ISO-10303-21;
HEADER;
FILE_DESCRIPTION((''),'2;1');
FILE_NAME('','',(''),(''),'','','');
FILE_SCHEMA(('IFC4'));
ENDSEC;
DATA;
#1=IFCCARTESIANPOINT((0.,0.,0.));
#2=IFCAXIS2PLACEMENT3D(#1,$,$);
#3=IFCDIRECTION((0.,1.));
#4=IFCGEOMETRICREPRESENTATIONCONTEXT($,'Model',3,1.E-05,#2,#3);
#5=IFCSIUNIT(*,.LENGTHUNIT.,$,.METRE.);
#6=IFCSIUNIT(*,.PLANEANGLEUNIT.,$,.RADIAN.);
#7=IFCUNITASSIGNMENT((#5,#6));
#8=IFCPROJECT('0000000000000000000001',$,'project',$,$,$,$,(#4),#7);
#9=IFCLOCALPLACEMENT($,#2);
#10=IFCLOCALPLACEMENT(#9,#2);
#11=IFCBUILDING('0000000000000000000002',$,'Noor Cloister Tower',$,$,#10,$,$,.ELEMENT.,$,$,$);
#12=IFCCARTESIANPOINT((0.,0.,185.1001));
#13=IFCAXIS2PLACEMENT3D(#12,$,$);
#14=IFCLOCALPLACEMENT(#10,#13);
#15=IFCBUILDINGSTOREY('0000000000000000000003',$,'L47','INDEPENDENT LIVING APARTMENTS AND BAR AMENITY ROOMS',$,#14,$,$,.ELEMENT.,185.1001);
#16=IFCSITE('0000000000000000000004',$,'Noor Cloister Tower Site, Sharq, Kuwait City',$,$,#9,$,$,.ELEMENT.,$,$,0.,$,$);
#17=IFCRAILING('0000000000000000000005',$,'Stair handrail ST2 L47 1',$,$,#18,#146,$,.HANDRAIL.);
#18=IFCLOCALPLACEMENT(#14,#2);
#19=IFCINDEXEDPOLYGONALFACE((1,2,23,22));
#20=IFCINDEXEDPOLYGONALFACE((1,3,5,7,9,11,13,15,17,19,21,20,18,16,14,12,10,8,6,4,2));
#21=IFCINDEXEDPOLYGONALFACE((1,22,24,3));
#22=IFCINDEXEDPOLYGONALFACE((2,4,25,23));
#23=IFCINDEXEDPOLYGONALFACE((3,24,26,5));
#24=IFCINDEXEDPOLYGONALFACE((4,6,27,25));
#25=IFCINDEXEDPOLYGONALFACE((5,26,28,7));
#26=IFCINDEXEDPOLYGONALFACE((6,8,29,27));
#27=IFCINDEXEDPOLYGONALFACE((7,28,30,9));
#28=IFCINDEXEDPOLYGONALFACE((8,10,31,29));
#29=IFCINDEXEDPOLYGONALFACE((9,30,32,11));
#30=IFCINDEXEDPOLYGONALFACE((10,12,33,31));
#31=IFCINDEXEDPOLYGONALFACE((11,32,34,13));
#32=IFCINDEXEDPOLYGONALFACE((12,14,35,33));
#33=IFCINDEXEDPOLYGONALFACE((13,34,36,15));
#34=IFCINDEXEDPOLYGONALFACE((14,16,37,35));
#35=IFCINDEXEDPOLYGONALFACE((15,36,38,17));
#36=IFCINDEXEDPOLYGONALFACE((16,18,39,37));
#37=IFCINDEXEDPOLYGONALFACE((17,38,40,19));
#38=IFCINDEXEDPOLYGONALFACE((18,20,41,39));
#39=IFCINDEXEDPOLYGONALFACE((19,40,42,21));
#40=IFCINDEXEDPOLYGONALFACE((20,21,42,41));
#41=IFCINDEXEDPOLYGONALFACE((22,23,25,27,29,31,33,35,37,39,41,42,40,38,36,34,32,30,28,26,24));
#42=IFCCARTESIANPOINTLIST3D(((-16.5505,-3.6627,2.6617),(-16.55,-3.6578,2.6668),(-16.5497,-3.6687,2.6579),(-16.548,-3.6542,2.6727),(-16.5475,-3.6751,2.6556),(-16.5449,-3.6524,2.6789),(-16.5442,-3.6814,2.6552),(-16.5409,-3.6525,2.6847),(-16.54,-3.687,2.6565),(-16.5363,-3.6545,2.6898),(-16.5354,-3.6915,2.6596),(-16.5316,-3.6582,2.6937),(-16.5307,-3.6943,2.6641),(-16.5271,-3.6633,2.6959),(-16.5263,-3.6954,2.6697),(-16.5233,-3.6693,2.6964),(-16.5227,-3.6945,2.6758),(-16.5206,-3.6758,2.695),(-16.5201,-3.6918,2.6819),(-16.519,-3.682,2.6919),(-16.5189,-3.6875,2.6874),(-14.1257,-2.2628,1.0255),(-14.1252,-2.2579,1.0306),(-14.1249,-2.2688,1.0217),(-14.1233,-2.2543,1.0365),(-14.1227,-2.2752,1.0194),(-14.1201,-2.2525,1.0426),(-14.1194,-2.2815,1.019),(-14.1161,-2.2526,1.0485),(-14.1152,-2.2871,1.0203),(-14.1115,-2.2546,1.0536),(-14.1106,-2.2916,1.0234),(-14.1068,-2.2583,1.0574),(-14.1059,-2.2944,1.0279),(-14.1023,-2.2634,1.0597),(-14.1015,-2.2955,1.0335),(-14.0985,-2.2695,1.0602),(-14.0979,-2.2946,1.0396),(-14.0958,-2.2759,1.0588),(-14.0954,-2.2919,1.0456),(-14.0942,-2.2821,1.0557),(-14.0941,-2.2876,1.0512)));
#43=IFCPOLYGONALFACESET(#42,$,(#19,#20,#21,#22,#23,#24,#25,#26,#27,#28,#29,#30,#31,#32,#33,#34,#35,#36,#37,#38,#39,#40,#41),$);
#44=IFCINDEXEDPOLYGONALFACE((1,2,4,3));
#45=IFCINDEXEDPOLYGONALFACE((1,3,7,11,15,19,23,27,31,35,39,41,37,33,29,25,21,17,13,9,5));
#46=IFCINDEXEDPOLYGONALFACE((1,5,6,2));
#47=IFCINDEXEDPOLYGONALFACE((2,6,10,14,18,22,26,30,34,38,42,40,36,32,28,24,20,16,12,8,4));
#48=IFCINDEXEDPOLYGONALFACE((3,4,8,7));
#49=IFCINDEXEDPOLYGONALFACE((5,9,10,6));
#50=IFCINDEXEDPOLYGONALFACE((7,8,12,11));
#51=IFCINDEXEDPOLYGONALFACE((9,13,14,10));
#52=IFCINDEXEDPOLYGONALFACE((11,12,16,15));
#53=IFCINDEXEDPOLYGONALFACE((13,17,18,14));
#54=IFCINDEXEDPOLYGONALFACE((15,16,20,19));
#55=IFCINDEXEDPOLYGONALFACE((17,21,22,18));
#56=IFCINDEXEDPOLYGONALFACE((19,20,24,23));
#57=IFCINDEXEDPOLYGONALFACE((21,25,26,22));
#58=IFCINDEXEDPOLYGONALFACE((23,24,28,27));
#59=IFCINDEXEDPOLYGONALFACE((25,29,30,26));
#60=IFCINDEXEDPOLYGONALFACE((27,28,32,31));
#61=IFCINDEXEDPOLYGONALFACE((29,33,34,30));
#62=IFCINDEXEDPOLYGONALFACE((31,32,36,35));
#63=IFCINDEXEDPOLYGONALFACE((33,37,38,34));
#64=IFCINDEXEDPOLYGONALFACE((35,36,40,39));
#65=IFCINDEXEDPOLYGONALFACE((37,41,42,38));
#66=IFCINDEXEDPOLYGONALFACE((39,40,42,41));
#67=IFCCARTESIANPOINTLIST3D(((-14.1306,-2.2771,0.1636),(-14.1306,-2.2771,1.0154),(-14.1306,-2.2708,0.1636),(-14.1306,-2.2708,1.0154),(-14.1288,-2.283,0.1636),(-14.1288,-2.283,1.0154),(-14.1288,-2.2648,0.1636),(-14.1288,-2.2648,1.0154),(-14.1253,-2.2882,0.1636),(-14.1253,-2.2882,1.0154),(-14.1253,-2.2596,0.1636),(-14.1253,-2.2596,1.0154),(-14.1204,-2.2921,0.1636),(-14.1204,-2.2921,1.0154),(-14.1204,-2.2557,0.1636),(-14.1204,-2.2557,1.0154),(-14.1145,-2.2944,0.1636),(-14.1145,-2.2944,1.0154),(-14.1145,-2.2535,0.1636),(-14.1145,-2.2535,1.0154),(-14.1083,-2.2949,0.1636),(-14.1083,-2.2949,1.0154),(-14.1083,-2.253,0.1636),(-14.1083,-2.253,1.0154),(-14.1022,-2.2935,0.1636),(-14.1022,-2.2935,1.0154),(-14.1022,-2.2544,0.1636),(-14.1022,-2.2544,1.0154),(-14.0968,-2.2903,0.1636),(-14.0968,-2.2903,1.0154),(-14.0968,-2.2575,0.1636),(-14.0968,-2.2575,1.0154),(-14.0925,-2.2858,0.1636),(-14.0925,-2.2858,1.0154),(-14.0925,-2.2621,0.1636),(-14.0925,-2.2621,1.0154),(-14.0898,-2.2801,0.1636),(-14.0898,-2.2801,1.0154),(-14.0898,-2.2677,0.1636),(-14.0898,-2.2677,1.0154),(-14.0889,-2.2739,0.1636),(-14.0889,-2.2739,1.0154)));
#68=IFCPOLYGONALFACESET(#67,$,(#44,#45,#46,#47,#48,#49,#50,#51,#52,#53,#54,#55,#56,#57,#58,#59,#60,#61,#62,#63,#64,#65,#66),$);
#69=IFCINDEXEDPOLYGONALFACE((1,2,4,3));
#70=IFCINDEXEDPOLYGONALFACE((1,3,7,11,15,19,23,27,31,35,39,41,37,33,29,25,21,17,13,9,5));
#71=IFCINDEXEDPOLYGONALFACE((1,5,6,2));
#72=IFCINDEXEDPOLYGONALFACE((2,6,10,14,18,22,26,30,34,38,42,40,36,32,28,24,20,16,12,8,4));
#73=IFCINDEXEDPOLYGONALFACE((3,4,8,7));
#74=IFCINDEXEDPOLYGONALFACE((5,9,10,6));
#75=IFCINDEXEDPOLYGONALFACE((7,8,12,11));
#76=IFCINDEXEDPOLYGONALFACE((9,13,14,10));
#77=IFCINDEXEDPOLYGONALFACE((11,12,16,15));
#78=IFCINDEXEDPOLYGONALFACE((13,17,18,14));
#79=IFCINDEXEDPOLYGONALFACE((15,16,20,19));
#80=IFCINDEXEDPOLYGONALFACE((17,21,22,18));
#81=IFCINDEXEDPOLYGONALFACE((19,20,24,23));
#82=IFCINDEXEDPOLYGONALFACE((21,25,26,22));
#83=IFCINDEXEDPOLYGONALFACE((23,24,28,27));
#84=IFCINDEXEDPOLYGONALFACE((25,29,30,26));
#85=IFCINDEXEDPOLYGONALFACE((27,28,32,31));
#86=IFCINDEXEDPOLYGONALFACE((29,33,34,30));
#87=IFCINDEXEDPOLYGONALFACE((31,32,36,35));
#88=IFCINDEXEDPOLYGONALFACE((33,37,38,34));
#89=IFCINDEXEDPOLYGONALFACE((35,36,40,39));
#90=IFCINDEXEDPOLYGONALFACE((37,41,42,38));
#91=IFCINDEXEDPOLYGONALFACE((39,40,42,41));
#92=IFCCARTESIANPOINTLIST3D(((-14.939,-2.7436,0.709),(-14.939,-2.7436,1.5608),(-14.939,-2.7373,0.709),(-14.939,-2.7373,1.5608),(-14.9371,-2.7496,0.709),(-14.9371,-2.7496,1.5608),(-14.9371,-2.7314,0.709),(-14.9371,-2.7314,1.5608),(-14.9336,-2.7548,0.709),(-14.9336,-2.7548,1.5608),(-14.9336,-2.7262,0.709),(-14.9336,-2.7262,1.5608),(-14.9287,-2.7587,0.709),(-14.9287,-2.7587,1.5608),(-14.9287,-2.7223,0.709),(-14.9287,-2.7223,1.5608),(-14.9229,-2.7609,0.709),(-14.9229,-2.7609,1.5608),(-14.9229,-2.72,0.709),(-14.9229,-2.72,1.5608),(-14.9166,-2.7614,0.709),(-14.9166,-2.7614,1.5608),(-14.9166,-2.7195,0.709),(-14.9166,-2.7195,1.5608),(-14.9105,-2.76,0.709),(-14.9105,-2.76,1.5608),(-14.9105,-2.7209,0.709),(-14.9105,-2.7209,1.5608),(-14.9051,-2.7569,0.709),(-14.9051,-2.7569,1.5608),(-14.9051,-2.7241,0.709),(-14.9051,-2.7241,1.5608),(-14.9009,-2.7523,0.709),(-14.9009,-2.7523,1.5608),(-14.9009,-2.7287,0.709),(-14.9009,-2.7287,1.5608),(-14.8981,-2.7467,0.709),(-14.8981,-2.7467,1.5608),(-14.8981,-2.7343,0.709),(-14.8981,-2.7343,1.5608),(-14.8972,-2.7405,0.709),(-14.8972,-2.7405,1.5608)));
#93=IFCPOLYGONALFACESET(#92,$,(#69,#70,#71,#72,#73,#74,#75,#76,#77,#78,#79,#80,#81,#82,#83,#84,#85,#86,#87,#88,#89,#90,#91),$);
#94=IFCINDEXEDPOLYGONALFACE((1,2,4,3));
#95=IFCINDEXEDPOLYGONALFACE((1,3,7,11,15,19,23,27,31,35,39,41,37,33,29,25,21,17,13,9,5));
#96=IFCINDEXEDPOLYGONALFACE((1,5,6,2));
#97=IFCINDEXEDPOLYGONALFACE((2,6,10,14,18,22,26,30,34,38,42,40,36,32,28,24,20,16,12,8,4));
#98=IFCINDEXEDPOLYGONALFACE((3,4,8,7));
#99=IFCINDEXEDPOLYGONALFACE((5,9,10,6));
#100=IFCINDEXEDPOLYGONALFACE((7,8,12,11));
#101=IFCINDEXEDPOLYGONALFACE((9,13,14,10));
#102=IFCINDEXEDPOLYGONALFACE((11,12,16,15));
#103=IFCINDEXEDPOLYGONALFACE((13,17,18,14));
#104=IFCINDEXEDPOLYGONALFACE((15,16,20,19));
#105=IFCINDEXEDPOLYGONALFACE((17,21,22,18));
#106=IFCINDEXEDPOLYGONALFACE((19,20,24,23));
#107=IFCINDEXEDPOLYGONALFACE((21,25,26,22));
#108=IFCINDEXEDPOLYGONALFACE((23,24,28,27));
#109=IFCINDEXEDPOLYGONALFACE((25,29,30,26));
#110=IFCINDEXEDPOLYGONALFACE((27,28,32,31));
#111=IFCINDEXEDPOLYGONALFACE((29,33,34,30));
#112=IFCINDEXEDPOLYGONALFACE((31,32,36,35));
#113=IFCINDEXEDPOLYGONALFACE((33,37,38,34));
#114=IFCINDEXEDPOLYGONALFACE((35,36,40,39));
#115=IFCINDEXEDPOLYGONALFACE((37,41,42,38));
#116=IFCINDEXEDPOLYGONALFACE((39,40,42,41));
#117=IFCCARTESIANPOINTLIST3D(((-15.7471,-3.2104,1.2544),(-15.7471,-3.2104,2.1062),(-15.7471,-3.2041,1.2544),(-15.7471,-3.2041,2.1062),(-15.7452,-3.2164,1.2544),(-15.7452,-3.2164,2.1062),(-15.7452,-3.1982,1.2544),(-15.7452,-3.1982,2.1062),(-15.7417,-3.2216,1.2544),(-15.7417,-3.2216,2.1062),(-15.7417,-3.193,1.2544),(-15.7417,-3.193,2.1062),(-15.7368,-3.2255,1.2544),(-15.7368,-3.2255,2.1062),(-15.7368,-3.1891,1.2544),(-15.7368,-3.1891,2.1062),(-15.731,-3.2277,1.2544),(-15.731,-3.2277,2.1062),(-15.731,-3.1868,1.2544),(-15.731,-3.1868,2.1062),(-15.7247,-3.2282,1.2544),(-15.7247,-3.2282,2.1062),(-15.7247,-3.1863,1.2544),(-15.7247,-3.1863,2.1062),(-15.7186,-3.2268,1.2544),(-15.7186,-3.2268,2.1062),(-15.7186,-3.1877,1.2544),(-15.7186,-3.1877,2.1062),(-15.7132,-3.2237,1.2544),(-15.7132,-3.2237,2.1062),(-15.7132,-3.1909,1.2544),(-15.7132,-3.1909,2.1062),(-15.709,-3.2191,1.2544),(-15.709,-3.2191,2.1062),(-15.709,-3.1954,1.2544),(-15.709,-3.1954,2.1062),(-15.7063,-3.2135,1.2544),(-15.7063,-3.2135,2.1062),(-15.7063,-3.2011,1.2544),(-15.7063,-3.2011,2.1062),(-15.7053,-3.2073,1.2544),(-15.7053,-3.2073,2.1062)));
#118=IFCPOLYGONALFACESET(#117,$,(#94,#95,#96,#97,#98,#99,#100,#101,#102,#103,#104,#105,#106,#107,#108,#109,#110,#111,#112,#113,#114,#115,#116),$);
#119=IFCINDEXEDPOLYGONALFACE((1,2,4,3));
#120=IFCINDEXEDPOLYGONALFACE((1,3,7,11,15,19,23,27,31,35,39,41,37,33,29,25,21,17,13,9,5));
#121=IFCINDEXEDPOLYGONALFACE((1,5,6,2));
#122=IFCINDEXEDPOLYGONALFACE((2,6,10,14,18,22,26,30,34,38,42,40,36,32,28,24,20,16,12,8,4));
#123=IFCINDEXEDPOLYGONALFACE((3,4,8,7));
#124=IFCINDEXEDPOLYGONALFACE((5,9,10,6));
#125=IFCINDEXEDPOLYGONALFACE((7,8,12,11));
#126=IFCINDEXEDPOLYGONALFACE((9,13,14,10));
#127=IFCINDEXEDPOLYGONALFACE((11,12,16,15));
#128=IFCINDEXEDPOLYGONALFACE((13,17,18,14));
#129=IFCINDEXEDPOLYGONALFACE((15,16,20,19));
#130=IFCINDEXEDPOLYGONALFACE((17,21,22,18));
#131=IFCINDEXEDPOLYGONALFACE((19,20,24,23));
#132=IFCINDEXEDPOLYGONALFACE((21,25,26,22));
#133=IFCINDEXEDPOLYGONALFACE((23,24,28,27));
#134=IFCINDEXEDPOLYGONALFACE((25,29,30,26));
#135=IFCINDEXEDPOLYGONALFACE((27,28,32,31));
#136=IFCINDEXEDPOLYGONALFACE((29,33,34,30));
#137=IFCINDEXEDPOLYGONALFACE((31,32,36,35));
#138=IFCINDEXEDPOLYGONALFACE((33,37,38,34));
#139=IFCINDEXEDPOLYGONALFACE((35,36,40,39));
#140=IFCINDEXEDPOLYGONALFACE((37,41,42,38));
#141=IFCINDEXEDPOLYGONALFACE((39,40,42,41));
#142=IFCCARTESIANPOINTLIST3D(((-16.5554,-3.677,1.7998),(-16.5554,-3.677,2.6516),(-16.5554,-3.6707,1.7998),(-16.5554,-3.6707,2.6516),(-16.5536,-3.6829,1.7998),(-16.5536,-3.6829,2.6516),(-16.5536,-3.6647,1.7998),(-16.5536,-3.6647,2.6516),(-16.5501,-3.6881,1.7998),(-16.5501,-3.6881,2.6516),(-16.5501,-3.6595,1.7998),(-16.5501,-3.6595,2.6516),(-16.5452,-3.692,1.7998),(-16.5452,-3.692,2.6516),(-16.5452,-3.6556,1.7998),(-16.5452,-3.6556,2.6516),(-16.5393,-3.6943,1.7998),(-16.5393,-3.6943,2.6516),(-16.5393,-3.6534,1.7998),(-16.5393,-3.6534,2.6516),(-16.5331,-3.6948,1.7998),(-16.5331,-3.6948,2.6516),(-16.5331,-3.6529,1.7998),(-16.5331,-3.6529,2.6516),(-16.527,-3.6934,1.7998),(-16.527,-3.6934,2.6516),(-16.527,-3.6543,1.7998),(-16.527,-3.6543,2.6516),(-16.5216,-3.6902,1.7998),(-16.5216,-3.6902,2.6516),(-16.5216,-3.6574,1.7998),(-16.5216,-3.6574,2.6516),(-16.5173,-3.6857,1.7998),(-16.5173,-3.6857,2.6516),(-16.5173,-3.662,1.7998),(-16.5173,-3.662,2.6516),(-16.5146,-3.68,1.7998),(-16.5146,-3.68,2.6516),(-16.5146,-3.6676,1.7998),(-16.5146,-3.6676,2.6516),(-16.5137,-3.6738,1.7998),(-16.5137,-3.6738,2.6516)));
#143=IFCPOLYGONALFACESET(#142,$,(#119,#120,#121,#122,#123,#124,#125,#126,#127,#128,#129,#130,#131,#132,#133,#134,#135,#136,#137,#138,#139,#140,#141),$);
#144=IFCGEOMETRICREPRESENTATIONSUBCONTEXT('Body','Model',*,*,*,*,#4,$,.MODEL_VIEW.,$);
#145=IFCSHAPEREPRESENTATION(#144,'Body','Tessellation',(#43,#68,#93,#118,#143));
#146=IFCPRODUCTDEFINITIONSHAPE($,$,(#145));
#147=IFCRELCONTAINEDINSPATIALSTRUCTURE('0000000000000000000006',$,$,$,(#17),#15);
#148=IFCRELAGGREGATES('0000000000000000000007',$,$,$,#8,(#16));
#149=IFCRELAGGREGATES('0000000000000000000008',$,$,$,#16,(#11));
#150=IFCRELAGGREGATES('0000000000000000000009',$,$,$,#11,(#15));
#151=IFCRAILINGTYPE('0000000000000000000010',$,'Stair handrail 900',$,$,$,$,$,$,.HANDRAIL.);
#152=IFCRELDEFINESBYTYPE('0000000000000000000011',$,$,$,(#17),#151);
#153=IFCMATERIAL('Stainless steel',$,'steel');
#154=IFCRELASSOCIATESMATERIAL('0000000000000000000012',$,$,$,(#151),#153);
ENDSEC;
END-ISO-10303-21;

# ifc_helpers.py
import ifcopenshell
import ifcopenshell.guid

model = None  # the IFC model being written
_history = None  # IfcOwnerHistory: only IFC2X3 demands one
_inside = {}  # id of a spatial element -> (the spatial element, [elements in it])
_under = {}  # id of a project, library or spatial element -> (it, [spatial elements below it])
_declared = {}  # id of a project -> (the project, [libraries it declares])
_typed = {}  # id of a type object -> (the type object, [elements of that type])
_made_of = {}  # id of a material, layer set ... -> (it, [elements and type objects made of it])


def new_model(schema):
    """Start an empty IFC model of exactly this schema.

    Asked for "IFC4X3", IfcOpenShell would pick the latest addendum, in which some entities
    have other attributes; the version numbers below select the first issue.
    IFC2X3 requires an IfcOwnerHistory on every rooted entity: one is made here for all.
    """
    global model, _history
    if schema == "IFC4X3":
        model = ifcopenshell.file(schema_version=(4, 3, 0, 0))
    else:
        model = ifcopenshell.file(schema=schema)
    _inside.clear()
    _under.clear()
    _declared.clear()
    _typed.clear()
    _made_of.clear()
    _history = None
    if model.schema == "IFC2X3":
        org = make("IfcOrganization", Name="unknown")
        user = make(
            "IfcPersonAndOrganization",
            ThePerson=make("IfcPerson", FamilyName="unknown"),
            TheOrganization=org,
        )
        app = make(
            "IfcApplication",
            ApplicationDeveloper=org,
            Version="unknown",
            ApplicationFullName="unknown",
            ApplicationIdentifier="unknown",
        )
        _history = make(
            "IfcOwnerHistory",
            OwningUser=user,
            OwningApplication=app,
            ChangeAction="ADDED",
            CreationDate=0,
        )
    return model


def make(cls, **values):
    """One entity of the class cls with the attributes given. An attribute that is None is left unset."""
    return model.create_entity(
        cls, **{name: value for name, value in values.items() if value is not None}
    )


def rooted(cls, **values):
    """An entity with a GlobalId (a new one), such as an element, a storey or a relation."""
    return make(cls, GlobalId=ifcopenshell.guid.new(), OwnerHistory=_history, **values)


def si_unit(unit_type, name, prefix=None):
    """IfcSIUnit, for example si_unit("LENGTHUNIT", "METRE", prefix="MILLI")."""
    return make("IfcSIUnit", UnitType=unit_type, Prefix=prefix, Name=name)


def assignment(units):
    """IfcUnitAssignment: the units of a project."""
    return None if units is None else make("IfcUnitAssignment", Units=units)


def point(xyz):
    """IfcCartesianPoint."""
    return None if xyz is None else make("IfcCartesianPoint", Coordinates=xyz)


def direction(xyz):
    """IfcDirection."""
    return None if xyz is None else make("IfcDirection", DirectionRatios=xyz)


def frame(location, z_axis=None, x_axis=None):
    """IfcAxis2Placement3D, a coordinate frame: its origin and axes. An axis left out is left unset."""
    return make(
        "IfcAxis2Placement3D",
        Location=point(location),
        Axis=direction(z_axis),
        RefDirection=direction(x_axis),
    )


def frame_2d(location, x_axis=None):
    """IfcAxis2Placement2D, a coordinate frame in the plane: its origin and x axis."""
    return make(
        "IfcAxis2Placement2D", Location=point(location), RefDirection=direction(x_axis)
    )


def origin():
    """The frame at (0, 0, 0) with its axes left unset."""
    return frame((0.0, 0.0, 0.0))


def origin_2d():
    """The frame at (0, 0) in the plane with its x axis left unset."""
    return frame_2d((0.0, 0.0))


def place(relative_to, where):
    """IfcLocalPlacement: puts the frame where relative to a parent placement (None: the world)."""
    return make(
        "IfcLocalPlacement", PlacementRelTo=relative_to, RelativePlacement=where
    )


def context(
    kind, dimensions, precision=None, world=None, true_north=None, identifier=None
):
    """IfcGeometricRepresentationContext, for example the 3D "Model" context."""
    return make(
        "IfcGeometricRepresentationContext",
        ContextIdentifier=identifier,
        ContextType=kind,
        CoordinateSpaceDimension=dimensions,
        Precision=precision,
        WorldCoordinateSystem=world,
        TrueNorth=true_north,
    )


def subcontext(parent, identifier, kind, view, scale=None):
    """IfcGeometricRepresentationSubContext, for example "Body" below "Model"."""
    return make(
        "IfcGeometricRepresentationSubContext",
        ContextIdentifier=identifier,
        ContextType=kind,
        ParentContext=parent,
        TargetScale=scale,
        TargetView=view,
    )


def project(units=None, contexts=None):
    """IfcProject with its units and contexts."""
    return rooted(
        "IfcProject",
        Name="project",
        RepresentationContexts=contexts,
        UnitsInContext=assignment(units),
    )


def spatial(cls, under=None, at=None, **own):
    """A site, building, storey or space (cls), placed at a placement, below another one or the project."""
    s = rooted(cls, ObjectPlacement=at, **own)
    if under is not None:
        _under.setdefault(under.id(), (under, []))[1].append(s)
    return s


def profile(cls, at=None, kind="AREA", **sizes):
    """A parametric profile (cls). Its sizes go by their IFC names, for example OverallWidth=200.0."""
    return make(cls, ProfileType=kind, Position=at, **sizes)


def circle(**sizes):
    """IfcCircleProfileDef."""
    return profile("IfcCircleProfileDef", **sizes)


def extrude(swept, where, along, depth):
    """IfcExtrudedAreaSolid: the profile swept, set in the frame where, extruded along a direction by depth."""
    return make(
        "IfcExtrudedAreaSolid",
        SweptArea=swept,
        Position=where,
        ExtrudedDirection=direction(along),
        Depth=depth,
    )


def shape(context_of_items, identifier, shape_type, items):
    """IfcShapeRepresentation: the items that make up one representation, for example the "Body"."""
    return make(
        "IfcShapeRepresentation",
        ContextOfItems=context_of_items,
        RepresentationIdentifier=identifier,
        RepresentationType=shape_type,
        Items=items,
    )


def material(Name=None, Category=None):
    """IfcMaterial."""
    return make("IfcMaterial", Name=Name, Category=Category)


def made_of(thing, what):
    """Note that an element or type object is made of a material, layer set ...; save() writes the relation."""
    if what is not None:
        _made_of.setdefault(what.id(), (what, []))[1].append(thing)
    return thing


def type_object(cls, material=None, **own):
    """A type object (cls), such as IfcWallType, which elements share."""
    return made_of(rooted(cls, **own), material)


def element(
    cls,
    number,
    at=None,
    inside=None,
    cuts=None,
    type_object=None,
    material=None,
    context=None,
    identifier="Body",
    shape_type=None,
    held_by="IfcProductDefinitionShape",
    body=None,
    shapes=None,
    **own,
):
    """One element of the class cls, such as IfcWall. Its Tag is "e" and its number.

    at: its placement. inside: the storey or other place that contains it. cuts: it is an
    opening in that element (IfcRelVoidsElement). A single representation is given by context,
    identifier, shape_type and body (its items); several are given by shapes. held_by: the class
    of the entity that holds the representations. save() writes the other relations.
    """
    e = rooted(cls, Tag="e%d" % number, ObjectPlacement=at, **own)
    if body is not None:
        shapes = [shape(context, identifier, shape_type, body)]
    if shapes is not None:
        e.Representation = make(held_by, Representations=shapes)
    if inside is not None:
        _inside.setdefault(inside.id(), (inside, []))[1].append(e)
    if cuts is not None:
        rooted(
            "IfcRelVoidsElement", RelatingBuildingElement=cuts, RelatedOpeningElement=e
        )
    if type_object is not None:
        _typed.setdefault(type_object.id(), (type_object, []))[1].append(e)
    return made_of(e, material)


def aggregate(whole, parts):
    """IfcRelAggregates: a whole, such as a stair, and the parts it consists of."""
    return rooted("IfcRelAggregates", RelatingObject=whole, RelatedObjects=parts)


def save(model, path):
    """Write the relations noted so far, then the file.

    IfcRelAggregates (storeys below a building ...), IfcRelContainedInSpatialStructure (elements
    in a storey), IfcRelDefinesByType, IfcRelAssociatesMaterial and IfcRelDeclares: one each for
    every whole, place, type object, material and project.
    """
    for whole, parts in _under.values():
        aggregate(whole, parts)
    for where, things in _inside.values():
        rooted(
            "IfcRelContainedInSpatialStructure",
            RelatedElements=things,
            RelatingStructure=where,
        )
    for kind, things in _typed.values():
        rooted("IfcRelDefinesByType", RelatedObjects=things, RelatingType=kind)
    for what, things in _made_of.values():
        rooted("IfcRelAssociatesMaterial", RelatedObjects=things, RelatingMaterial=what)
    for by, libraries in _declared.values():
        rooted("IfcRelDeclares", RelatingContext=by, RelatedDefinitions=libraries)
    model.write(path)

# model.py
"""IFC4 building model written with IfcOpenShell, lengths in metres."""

from ifc_helpers import new_model, si_unit, direction, frame, origin, origin_2d, place, context, subcontext, project, spatial, circle, extrude, material, type_object, element, save


model = new_model("IFC4")

# Units and contexts
model_context = context("Model", 3, precision=1e-05, world=origin(), true_north=direction((0.0, 1.0)))
body_context = subcontext(model_context, "Body", "Model", "MODEL_VIEW")
ifc_project = project(units=[si_unit("LENGTHUNIT", "METRE"), si_unit("PLANEANGLEUNIT", "RADIAN")], contexts=[model_context])

# Site, building, storey
site_placement = place(None, origin())
site = spatial("IfcSite", under=ifc_project, at=site_placement, Name="Noor Cloister Tower Site, Sharq, Kuwait City", CompositionType="ELEMENT", RefElevation=0.0)
building_placement = place(site_placement, origin())
building = spatial("IfcBuilding", under=site, at=building_placement, Name="Noor Cloister Tower", CompositionType="ELEMENT")
storey_placement = place(building_placement, frame((0.0, 0.0, 185.1001)))
storey = spatial("IfcBuildingStorey", under=building, at=storey_placement, Name="L47", Description="INDEPENDENT LIVING APARTMENTS AND BAR AMENITY ROOMS", CompositionType="ELEMENT", Elevation=185.1001)

# Railing
ifc_material_1 = material(Name="Stainless steel", Category="steel")
railing_type_1 = type_object("IfcRailingType", Name="Stair handrail 900", PredefinedType="HANDRAIL", material=ifc_material_1)
railing_1_placement = place(storey_placement, frame((-14.1099, -2.2739, 0.1636)))
element("IfcRailing", 1, at=railing_1_placement, inside=storey, type_object=railing_type_1, Name="Stair handrail ST2 L47 1", PredefinedType="HANDRAIL", context=body_context, shape_type="SweptSolid", body=[
    extrude(circle(Radius=0.0239, at=origin_2d()), frame((0.0, 0.0, 0.876), z_axis=(-0.747718, -0.431677, 0.504552), x_axis=(0.499984, -0.866035, 0.0)), (0.0, 0.0, 1.0), 3.2429),
    extrude(circle(Radius=0.021, at=origin_2d()), origin(), (0.0, 0.0, 1.0), 0.8518),
    extrude(circle(Radius=0.021, at=origin_2d()), frame((-0.8083, -0.4666, 0.5454)), (0.0, 0.0, 1.0), 0.8518),
    extrude(circle(Radius=0.021, at=origin_2d()), frame((-1.6165, -0.9333, 1.0908)), (0.0, 0.0, 1.0), 0.8518),
    extrude(circle(Radius=0.021, at=origin_2d()), frame((-2.4248, -1.3999, 1.6362)), (0.0, 0.0, 1.0), 0.8518),
])

save(model, "model.ifc")
